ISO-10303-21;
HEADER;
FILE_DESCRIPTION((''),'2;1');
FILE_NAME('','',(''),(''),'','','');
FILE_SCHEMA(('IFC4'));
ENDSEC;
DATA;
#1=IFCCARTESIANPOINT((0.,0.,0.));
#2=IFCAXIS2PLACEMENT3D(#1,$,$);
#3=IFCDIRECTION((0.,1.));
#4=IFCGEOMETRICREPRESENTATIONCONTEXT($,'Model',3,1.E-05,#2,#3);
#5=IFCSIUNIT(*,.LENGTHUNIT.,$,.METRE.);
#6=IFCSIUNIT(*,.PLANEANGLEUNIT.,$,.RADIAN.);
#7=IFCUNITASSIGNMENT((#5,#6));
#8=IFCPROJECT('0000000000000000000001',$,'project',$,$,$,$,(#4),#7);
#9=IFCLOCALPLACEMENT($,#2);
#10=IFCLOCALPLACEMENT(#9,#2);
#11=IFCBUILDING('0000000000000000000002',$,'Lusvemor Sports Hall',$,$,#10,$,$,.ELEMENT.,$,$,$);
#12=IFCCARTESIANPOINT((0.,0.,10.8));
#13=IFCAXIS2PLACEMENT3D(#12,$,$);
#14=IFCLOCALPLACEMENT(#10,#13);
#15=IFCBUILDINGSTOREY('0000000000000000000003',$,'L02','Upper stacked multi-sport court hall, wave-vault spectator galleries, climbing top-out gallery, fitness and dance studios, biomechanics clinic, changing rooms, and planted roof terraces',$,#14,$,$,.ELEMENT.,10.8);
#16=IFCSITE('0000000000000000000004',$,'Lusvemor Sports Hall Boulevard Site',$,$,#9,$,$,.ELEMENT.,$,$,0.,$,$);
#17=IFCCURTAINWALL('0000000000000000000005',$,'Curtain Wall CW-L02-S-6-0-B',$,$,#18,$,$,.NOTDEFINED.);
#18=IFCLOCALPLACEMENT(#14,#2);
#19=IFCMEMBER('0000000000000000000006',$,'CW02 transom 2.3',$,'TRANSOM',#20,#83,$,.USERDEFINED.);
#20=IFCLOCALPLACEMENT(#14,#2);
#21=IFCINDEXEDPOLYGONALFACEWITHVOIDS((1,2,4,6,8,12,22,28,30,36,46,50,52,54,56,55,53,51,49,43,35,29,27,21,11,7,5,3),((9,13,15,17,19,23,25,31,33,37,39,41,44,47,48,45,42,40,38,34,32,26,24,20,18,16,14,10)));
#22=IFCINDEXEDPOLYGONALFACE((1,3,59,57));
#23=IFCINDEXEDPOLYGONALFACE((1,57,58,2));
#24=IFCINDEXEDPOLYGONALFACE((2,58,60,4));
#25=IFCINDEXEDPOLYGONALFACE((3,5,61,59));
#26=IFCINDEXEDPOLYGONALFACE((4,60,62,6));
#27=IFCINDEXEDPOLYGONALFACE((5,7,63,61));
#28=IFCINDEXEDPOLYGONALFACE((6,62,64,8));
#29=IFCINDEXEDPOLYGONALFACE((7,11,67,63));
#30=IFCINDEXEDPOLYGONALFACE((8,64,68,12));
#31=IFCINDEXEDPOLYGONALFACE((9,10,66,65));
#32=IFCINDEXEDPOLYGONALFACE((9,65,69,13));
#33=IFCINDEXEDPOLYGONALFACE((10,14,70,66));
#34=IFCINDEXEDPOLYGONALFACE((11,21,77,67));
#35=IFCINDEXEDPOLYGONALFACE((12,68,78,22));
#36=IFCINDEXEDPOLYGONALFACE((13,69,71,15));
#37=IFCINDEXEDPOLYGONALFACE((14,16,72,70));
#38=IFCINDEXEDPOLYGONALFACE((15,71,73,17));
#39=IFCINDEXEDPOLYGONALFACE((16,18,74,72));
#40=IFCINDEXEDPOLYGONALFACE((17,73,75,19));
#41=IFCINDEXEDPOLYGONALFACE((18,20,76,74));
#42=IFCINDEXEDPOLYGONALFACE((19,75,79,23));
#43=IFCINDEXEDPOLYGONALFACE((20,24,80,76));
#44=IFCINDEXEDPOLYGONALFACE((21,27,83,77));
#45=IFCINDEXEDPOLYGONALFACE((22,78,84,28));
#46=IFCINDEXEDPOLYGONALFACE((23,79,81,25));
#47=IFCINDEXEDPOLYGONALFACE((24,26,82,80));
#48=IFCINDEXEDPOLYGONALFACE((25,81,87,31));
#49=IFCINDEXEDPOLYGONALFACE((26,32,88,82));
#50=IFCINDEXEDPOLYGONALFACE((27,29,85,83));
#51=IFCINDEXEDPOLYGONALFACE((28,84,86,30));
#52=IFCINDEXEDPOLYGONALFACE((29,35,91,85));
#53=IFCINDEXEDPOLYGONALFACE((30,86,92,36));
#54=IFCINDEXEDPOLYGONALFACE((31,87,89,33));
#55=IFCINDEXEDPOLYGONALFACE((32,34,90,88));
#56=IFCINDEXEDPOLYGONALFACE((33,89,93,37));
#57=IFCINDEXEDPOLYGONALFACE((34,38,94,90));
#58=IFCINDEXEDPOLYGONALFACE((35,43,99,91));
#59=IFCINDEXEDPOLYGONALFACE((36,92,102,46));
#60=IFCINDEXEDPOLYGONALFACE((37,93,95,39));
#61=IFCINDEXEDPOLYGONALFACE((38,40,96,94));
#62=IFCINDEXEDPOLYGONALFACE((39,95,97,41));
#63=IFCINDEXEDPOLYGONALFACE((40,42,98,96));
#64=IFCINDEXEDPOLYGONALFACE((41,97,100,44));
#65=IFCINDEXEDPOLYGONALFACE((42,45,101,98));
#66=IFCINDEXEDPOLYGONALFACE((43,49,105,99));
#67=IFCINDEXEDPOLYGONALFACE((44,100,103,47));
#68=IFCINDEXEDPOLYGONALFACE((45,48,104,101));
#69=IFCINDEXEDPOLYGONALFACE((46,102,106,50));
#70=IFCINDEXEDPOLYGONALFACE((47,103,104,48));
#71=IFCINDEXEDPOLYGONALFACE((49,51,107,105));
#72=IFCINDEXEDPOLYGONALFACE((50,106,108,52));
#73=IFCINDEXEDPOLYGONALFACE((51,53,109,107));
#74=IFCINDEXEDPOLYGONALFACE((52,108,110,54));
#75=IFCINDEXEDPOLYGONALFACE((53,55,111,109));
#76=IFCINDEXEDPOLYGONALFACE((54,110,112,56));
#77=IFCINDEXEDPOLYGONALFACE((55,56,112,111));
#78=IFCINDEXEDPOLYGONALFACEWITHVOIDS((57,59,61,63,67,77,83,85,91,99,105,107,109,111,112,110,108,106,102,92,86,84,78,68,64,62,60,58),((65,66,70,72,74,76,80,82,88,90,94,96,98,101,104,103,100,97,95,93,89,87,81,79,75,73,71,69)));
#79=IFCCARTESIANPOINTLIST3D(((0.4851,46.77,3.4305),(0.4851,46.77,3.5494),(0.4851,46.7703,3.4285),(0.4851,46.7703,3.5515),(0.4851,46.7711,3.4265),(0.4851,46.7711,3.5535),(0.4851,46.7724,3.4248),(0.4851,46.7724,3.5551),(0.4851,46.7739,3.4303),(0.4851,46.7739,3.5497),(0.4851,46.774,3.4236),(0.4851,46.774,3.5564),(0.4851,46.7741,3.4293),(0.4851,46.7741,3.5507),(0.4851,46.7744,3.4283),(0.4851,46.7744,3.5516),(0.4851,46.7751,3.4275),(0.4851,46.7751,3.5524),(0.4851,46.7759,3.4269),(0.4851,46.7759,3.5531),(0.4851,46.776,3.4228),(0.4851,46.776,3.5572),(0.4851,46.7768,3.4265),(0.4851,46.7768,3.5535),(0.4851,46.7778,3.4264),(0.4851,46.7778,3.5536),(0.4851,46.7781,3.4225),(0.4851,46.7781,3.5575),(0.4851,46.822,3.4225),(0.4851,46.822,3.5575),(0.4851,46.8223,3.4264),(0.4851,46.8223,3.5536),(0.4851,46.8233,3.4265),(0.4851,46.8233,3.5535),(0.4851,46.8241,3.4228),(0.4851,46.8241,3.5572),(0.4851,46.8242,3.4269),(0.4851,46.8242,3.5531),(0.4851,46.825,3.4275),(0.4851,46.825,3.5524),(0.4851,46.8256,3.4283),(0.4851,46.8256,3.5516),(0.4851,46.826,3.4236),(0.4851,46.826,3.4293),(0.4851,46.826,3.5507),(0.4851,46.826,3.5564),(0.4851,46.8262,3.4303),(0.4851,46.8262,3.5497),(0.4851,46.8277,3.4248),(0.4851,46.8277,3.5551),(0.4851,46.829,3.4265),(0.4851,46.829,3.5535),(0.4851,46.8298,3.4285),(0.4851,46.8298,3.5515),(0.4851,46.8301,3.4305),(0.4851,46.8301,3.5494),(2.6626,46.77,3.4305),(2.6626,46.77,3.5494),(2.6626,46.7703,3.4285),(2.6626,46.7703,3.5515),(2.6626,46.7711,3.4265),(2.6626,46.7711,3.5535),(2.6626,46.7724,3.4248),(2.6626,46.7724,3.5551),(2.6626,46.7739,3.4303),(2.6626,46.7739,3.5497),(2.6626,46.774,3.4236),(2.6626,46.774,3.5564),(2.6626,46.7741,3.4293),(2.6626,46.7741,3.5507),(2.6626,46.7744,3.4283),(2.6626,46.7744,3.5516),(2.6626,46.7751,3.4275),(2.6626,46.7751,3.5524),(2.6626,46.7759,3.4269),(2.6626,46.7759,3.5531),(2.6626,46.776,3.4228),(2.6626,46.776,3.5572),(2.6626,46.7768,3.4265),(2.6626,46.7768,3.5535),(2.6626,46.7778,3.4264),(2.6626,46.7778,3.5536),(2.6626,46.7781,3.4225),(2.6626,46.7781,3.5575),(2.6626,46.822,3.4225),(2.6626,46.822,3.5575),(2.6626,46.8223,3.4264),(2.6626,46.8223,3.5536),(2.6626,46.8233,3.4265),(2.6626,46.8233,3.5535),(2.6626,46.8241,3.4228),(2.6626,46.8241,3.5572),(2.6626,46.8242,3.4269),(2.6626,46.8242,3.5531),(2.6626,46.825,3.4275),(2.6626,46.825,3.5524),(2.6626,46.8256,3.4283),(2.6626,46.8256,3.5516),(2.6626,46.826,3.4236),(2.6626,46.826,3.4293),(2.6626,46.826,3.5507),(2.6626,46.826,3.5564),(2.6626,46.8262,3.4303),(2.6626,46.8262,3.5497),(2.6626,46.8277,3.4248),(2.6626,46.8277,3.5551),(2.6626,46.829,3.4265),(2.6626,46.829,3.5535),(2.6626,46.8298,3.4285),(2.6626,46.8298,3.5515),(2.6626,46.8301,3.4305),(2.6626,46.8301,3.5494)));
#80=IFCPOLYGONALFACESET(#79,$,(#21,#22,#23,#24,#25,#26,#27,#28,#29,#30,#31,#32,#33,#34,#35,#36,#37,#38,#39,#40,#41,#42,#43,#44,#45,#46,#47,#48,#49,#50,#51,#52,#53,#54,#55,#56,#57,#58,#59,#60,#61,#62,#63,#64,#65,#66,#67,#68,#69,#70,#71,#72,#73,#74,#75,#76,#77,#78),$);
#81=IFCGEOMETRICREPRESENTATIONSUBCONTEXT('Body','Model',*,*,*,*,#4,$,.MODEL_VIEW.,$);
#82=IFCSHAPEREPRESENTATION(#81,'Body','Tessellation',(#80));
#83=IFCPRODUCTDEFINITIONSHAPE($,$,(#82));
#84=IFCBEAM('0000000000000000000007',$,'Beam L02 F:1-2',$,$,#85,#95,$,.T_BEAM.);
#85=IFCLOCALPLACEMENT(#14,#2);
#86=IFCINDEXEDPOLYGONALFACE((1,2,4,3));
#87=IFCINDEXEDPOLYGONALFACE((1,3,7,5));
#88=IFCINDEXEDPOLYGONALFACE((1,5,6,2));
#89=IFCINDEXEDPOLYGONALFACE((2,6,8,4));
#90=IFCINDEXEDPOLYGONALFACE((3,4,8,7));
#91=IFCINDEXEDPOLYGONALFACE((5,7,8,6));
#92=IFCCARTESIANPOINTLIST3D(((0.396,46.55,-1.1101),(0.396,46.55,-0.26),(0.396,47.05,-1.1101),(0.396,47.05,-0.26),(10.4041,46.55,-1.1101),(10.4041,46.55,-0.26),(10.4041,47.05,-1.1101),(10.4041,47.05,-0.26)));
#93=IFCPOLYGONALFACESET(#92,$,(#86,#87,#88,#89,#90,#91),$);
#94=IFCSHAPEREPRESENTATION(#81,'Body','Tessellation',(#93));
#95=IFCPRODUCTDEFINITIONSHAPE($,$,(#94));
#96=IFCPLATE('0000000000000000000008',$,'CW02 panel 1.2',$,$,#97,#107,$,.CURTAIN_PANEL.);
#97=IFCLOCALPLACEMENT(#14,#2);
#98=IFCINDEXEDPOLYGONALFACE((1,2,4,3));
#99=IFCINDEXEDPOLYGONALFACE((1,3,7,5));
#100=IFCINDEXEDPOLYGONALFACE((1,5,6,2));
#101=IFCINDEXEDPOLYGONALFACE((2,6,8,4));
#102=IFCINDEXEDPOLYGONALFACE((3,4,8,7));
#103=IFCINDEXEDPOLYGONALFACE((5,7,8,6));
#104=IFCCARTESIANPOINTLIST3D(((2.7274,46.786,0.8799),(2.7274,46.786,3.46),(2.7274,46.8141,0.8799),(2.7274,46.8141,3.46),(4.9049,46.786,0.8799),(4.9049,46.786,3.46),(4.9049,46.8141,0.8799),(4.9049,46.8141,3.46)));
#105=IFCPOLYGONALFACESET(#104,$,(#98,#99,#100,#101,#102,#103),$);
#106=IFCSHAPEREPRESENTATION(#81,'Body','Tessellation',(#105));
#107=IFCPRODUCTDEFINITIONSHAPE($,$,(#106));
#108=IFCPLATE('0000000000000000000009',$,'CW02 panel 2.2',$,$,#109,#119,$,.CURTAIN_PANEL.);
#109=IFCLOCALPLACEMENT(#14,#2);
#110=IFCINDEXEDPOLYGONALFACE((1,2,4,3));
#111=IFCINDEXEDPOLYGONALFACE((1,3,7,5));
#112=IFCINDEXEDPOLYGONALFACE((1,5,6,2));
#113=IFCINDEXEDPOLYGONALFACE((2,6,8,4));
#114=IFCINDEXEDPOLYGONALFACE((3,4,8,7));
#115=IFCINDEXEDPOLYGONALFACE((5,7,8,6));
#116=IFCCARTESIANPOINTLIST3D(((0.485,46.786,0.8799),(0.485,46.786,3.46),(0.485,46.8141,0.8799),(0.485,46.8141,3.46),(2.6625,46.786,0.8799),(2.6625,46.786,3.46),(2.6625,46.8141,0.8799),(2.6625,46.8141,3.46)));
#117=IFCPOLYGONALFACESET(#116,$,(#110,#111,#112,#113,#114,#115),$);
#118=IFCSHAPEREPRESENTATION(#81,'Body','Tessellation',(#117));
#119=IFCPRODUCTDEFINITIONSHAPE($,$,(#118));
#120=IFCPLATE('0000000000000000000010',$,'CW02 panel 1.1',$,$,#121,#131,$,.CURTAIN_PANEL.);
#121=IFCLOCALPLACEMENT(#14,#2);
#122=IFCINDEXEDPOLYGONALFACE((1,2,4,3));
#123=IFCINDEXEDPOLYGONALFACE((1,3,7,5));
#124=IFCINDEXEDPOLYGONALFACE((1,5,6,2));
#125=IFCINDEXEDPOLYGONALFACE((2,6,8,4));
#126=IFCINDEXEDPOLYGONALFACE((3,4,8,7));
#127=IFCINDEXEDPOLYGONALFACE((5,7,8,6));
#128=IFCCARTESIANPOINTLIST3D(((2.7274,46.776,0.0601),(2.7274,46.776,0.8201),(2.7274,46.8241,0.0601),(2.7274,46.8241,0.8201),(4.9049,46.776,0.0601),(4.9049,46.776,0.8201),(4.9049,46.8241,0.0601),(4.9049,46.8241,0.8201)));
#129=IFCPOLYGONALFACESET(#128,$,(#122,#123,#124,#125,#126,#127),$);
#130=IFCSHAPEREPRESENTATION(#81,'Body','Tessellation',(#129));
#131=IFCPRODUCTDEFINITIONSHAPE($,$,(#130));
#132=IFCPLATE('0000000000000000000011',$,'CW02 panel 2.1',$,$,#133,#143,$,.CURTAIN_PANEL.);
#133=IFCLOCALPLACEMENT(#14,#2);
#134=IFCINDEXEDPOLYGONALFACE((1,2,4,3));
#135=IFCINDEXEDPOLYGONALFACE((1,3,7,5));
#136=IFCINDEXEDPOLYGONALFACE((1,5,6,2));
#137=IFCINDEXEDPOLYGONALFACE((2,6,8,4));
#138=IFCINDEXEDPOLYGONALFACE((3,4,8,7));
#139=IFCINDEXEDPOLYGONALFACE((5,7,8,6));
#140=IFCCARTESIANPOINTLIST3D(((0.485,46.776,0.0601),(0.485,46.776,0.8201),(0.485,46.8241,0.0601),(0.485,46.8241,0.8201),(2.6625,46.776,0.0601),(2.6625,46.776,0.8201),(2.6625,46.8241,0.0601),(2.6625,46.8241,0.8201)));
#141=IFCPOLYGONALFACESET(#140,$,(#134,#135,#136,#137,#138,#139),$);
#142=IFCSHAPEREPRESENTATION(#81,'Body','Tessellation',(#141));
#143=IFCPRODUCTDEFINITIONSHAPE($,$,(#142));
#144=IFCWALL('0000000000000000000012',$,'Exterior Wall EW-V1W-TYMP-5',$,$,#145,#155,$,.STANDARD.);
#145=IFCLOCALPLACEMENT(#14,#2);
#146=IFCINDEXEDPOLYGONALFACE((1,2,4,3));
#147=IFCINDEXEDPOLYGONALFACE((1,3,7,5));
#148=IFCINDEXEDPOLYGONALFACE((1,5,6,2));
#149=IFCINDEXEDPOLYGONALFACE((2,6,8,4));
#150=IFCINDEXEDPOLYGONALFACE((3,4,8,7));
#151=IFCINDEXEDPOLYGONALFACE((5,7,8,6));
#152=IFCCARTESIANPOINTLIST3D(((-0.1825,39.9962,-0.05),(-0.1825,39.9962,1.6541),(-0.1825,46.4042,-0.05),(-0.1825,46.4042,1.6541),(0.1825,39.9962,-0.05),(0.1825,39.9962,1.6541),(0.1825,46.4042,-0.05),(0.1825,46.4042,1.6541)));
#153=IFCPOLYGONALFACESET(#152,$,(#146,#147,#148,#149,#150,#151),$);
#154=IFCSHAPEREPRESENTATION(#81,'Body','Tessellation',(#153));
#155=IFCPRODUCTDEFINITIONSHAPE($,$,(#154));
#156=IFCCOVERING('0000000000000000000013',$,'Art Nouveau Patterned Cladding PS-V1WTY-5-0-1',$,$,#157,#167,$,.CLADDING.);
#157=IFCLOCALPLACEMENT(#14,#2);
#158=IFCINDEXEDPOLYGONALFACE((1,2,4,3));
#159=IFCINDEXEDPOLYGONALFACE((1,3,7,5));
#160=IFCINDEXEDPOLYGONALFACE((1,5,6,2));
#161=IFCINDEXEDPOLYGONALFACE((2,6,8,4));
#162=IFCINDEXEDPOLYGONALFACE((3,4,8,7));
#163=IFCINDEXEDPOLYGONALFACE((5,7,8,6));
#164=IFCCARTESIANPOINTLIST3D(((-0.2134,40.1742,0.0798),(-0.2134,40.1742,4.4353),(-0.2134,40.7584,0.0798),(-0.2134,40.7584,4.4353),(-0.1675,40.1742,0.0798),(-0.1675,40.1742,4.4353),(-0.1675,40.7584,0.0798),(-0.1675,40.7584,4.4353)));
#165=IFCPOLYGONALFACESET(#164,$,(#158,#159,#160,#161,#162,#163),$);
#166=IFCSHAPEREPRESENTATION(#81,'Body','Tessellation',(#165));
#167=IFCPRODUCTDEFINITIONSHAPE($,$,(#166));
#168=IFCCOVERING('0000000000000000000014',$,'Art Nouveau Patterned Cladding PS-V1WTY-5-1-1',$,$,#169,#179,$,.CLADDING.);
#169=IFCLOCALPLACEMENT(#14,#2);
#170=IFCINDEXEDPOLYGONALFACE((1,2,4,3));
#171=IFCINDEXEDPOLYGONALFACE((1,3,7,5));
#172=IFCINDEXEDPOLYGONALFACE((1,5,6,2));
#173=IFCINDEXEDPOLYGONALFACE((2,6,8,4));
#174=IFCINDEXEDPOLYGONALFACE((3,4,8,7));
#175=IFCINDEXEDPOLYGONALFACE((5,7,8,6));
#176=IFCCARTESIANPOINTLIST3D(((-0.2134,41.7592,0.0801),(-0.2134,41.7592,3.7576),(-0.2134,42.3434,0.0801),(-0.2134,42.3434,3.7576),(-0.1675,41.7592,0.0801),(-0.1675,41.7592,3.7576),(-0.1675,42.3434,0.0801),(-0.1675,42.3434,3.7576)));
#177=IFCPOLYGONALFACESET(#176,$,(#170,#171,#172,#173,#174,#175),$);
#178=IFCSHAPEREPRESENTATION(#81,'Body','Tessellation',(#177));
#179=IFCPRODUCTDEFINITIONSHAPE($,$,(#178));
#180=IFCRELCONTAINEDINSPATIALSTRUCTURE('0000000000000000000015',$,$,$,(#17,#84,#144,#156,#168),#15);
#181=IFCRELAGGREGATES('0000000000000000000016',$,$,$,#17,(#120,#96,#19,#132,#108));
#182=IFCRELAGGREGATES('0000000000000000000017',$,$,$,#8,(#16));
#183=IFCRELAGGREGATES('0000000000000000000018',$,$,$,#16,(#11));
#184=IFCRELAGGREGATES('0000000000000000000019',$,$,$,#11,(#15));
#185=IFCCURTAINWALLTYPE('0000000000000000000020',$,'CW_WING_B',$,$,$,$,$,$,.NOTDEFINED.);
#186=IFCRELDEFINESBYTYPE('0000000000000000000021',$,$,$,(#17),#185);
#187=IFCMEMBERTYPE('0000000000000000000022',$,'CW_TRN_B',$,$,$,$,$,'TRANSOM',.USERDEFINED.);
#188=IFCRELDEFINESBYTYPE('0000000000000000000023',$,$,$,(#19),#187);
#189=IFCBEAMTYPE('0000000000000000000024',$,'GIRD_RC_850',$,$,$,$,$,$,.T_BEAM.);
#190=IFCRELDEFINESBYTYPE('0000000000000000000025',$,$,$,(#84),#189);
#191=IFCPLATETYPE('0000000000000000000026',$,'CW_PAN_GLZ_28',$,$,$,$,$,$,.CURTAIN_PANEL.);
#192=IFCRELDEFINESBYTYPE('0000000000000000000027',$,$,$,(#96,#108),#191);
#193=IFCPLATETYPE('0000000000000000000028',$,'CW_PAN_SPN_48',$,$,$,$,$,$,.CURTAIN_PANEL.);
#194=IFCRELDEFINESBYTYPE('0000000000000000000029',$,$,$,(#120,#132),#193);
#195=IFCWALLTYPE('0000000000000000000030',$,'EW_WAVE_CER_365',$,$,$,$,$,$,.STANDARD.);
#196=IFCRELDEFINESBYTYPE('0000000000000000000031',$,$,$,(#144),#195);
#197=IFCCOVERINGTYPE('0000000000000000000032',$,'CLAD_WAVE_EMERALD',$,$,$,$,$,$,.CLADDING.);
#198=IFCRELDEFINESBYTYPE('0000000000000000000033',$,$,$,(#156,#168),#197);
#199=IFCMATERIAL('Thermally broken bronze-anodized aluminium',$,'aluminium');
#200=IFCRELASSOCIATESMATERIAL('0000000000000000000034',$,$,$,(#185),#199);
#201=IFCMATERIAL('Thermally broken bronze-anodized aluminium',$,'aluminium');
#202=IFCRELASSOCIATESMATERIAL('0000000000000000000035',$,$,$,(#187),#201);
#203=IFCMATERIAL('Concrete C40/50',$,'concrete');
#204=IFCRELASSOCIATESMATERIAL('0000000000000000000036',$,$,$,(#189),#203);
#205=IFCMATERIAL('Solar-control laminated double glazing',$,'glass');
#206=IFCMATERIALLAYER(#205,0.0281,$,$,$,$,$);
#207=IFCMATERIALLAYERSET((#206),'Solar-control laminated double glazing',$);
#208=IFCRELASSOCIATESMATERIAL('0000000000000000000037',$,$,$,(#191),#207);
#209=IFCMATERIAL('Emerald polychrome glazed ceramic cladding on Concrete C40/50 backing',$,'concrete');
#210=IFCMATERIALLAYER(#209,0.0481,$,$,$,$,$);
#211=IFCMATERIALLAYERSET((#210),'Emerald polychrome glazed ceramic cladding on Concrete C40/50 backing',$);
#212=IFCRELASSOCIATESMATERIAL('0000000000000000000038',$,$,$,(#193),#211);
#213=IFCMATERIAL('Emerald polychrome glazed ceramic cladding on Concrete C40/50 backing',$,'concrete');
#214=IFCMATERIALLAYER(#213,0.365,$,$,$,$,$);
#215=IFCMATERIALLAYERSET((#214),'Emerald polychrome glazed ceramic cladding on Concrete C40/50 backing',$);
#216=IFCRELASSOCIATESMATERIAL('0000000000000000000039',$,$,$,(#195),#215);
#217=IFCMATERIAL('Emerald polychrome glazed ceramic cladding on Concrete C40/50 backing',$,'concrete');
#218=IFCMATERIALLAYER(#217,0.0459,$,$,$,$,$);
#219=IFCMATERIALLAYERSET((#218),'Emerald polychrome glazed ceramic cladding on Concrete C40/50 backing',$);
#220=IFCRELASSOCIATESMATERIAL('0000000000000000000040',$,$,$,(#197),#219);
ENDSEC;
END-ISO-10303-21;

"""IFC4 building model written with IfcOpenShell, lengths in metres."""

from ifc_helpers import new_model, si_unit, direction, frame, frame_2d, origin, origin_2d, place, context, subcontext, project, spatial, rectangle, hollow_rectangle, extrude, material, layer, layer_set, material_profile, profile_set, type_object, element, aggregate, save


model = new_model("IFC4")

# Units and contexts
model_context = context("Model", 3, precision=1e-05, world=origin(), true_north=direction((0.0, 1.0)))
body_context = subcontext(model_context, "Body", "Model", "MODEL_VIEW")
ifc_project = project(units=[si_unit("LENGTHUNIT", "METRE"), si_unit("PLANEANGLEUNIT", "RADIAN")], contexts=[model_context])

# Site, building, storey
site_placement = place(None, origin())
site = spatial("IfcSite", under=ifc_project, at=site_placement, Name="Lusvemor Sports Hall Boulevard Site", CompositionType="ELEMENT", RefElevation=0.0)
building_placement = place(site_placement, origin())
building = spatial("IfcBuilding", under=site, at=building_placement, Name="Lusvemor Sports Hall", CompositionType="ELEMENT")
storey_placement = place(building_placement, frame((0.0, 0.0, 10.8)))
storey = spatial("IfcBuildingStorey", under=building, at=storey_placement, Name="L02", Description="Upper stacked multi-sport court hall, wave-vault spectator galleries, climbing top-out gallery, fitness and dance studios, biomechanics clinic, changing rooms, and planted roof terraces", CompositionType="ELEMENT", Elevation=10.8)

# Curtain wall, member
ifc_material_1 = material(Name="Thermally broken bronze-anodized aluminium", Category="aluminium")
curtain_wall_type = type_object("IfcCurtainWallType", Name="CW_WING_B", PredefinedType="NOTDEFINED", material=ifc_material_1)
curtain_wall_placement = place(storey_placement, origin())
curtain_wall = element("IfcCurtainWall", 1, at=curtain_wall_placement, inside=storey, type_object=curtain_wall_type, Name="Curtain Wall CW-L02-S-6-0-B", PredefinedType="NOTDEFINED")
ifc_material_2 = material(Name="Thermally broken bronze-anodized aluminium", Category="aluminium")
ifc_material_profile_1 = material_profile(ifc_material_2, hollow_rectangle(XDim=0.0601, YDim=0.135, WallThickness=0.0039, InnerFilletRadius=0.0039, OuterFilletRadius=0.0081, at=origin_2d()), Name="CWTRN135x60x4")
ifc_profile_set_1 = profile_set([ifc_material_profile_1], Name="Thermally broken bronze-anodized aluminium")
member_type_1 = type_object("IfcMemberType", Name="CW_TRN_B", ElementType="TRANSOM", PredefinedType="USERDEFINED", material=ifc_profile_set_1)
member_1_placement = place(storey_placement, frame((2.6626, 46.8, 3.49), z_axis=(-1.0, 0.0, 0.0), x_axis=(0.0, -1.0, 0.0)))
member_1 = element("IfcMember", 2, at=member_1_placement, type_object=member_type_1, Name="CW02 transom 2.3", ObjectType="TRANSOM", PredefinedType="USERDEFINED", context=body_context, shape_type="SweptSolid", body=[
    extrude(hollow_rectangle(XDim=0.0601, YDim=0.135, WallThickness=0.0039, InnerFilletRadius=0.0039, OuterFilletRadius=0.0081, at=origin_2d()), origin(), (0.0, 0.0, 1.0), 2.1775),
])

# Beam
ifc_material_3 = material(Name="Concrete C40/50", Category="concrete")
ifc_material_profile_2 = material_profile(ifc_material_3, rectangle(XDim=0.5, YDim=0.8501, at=origin_2d()), Name="RC500x850")
ifc_profile_set_2 = profile_set([ifc_material_profile_2], Name="Concrete C40/50")
beam_type = type_object("IfcBeamType", Name="GIRD_RC_850", PredefinedType="T_BEAM", material=ifc_profile_set_2)
beam_placement = place(storey_placement, frame((0.396, 46.8, -0.6851), z_axis=(1.0, 0.0, 0.0), x_axis=(0.0, 1.0, 0.0)))
element("IfcBeam", 3, at=beam_placement, inside=storey, type_object=beam_type, Name="Beam L02 F:1-2", PredefinedType="T_BEAM", context=body_context, shape_type="SweptSolid", body=[
    extrude(rectangle(XDim=0.5, YDim=0.8501, at=origin_2d()), origin(), (0.0, 0.0, 1.0), 10.0081),
])

# Plates
ifc_material_4 = material(Name="Solar-control laminated double glazing", Category="glass")
ifc_layer_1 = layer(ifc_material_4, 0.0281)
ifc_layer_set_1 = layer_set([ifc_layer_1], Name="Solar-control laminated double glazing")
plate_type_1 = type_object("IfcPlateType", Name="CW_PAN_GLZ_28", PredefinedType="CURTAIN_PANEL", material=ifc_layer_set_1)
plate_1_placement = place(storey_placement, frame((3.8162, 46.8, 0.8799), z_axis=(0.0, 0.0, 1.0), x_axis=(-1.0, 0.0, 0.0)))
plate_1 = element("IfcPlate", 4, at=plate_1_placement, type_object=plate_type_1, Name="CW02 panel 1.2", PredefinedType="CURTAIN_PANEL", context=body_context, shape_type="SweptSolid", body=[
    extrude(rectangle(XDim=2.1775, YDim=0.0281, at=origin_2d()), origin(), (0.0, 0.0, 1.0), 2.5801),
])
plate_2_placement = place(storey_placement, frame((1.5737, 46.8, 0.8799), z_axis=(0.0, 0.0, 1.0), x_axis=(-1.0, 0.0, 0.0)))
plate_2 = element("IfcPlate", 5, at=plate_2_placement, type_object=plate_type_1, Name="CW02 panel 2.2", PredefinedType="CURTAIN_PANEL", context=body_context, shape_type="SweptSolid", body=[
    extrude(rectangle(XDim=2.1775, YDim=0.0281, at=origin_2d()), origin(), (0.0, 0.0, 1.0), 2.5801),
])
ifc_material_5 = material(Name="Emerald polychrome glazed ceramic cladding on Concrete C40/50 backing", Category="concrete")
ifc_layer_2 = layer(ifc_material_5, 0.0481)
ifc_layer_set_2 = layer_set([ifc_layer_2], Name="Emerald polychrome glazed ceramic cladding on Concrete C40/50 backing")
plate_type_2 = type_object("IfcPlateType", Name="CW_PAN_SPN_48", PredefinedType="CURTAIN_PANEL", material=ifc_layer_set_2)
plate_3_placement = place(storey_placement, frame((3.8162, 46.8, 0.0601), z_axis=(0.0, 0.0, 1.0), x_axis=(-1.0, 0.0, 0.0)))
plate_3 = element("IfcPlate", 6, at=plate_3_placement, type_object=plate_type_2, Name="CW02 panel 1.1", PredefinedType="CURTAIN_PANEL", context=body_context, shape_type="SweptSolid", body=[
    extrude(rectangle(XDim=2.1775, YDim=0.0481, at=origin_2d()), origin(), (0.0, 0.0, 1.0), 0.76),
])
plate_4_placement = place(storey_placement, frame((1.5737, 46.8, 0.0601), z_axis=(0.0, 0.0, 1.0), x_axis=(-1.0, 0.0, 0.0)))
plate_4 = element("IfcPlate", 7, at=plate_4_placement, type_object=plate_type_2, Name="CW02 panel 2.1", PredefinedType="CURTAIN_PANEL", context=body_context, shape_type="SweptSolid", body=[
    extrude(rectangle(XDim=2.1775, YDim=0.0481, at=origin_2d()), origin(), (0.0, 0.0, 1.0), 0.76),
])
aggregate(curtain_wall, [plate_3, plate_1, member_1, plate_4, plate_2])

# Wall
ifc_material_6 = material(Name="Emerald polychrome glazed ceramic cladding on Concrete C40/50 backing", Category="concrete")
ifc_layer_3 = layer(ifc_material_6, 0.365)
ifc_layer_set_3 = layer_set([ifc_layer_3], Name="Emerald polychrome glazed ceramic cladding on Concrete C40/50 backing")
wall_type = type_object("IfcWallType", Name="EW_WAVE_CER_365", PredefinedType="STANDARD", material=ifc_layer_set_3)
wall_placement = place(storey_placement, frame((0.0, 39.9961, -0.05), z_axis=(0.0, 0.0, 1.0), x_axis=(0.0, 1.0, 0.0)))
element("IfcWall", 8, at=wall_placement, inside=storey, type_object=wall_type, Name="Exterior Wall EW-V1W-TYMP-5", PredefinedType="STANDARD", context=body_context, shape_type="SweptSolid", body=[
    extrude(rectangle(XDim=6.408, YDim=0.365, at=frame_2d((3.2041, 0.0))), origin(), (0.0, 0.0, 1.0), 1.7041),
])

# Coverings
ifc_material_7 = material(Name="Emerald polychrome glazed ceramic cladding on Concrete C40/50 backing", Category="concrete")
ifc_layer_4 = layer(ifc_material_7, 0.0459)
ifc_layer_set_4 = layer_set([ifc_layer_4], Name="Emerald polychrome glazed ceramic cladding on Concrete C40/50 backing")
covering_type_1 = type_object("IfcCoveringType", Name="CLAD_WAVE_EMERALD", PredefinedType="CLADDING", material=ifc_layer_set_4)
covering_1_placement = place(storey_placement, frame((-0.1904, 40.4663, 0.0798), z_axis=(0.0, 0.0, 1.0), x_axis=(1.0, 0.0, 0.0)))
element("IfcCovering", 9, at=covering_1_placement, inside=storey, type_object=covering_type_1, Name="Art Nouveau Patterned Cladding PS-V1WTY-5-0-1", PredefinedType="CLADDING", context=body_context, shape_type="SweptSolid", body=[
    extrude(rectangle(XDim=0.0459, YDim=0.5842, at=origin_2d()), origin(), (0.0, 0.0, 1.0), 4.3555),
])
covering_2_placement = place(storey_placement, frame((-0.1904, 42.0513, 0.0801), z_axis=(0.0, 0.0, 1.0), x_axis=(1.0, 0.0, 0.0)))
element("IfcCovering", 10, at=covering_2_placement, inside=storey, type_object=covering_type_1, Name="Art Nouveau Patterned Cladding PS-V1WTY-5-1-1", PredefinedType="CLADDING", context=body_context, shape_type="SweptSolid", body=[
    extrude(rectangle(XDim=0.0459, YDim=0.5842, at=origin_2d()), origin(), (0.0, 0.0, 1.0), 3.6775),
])

save(model, "model.ifc")
